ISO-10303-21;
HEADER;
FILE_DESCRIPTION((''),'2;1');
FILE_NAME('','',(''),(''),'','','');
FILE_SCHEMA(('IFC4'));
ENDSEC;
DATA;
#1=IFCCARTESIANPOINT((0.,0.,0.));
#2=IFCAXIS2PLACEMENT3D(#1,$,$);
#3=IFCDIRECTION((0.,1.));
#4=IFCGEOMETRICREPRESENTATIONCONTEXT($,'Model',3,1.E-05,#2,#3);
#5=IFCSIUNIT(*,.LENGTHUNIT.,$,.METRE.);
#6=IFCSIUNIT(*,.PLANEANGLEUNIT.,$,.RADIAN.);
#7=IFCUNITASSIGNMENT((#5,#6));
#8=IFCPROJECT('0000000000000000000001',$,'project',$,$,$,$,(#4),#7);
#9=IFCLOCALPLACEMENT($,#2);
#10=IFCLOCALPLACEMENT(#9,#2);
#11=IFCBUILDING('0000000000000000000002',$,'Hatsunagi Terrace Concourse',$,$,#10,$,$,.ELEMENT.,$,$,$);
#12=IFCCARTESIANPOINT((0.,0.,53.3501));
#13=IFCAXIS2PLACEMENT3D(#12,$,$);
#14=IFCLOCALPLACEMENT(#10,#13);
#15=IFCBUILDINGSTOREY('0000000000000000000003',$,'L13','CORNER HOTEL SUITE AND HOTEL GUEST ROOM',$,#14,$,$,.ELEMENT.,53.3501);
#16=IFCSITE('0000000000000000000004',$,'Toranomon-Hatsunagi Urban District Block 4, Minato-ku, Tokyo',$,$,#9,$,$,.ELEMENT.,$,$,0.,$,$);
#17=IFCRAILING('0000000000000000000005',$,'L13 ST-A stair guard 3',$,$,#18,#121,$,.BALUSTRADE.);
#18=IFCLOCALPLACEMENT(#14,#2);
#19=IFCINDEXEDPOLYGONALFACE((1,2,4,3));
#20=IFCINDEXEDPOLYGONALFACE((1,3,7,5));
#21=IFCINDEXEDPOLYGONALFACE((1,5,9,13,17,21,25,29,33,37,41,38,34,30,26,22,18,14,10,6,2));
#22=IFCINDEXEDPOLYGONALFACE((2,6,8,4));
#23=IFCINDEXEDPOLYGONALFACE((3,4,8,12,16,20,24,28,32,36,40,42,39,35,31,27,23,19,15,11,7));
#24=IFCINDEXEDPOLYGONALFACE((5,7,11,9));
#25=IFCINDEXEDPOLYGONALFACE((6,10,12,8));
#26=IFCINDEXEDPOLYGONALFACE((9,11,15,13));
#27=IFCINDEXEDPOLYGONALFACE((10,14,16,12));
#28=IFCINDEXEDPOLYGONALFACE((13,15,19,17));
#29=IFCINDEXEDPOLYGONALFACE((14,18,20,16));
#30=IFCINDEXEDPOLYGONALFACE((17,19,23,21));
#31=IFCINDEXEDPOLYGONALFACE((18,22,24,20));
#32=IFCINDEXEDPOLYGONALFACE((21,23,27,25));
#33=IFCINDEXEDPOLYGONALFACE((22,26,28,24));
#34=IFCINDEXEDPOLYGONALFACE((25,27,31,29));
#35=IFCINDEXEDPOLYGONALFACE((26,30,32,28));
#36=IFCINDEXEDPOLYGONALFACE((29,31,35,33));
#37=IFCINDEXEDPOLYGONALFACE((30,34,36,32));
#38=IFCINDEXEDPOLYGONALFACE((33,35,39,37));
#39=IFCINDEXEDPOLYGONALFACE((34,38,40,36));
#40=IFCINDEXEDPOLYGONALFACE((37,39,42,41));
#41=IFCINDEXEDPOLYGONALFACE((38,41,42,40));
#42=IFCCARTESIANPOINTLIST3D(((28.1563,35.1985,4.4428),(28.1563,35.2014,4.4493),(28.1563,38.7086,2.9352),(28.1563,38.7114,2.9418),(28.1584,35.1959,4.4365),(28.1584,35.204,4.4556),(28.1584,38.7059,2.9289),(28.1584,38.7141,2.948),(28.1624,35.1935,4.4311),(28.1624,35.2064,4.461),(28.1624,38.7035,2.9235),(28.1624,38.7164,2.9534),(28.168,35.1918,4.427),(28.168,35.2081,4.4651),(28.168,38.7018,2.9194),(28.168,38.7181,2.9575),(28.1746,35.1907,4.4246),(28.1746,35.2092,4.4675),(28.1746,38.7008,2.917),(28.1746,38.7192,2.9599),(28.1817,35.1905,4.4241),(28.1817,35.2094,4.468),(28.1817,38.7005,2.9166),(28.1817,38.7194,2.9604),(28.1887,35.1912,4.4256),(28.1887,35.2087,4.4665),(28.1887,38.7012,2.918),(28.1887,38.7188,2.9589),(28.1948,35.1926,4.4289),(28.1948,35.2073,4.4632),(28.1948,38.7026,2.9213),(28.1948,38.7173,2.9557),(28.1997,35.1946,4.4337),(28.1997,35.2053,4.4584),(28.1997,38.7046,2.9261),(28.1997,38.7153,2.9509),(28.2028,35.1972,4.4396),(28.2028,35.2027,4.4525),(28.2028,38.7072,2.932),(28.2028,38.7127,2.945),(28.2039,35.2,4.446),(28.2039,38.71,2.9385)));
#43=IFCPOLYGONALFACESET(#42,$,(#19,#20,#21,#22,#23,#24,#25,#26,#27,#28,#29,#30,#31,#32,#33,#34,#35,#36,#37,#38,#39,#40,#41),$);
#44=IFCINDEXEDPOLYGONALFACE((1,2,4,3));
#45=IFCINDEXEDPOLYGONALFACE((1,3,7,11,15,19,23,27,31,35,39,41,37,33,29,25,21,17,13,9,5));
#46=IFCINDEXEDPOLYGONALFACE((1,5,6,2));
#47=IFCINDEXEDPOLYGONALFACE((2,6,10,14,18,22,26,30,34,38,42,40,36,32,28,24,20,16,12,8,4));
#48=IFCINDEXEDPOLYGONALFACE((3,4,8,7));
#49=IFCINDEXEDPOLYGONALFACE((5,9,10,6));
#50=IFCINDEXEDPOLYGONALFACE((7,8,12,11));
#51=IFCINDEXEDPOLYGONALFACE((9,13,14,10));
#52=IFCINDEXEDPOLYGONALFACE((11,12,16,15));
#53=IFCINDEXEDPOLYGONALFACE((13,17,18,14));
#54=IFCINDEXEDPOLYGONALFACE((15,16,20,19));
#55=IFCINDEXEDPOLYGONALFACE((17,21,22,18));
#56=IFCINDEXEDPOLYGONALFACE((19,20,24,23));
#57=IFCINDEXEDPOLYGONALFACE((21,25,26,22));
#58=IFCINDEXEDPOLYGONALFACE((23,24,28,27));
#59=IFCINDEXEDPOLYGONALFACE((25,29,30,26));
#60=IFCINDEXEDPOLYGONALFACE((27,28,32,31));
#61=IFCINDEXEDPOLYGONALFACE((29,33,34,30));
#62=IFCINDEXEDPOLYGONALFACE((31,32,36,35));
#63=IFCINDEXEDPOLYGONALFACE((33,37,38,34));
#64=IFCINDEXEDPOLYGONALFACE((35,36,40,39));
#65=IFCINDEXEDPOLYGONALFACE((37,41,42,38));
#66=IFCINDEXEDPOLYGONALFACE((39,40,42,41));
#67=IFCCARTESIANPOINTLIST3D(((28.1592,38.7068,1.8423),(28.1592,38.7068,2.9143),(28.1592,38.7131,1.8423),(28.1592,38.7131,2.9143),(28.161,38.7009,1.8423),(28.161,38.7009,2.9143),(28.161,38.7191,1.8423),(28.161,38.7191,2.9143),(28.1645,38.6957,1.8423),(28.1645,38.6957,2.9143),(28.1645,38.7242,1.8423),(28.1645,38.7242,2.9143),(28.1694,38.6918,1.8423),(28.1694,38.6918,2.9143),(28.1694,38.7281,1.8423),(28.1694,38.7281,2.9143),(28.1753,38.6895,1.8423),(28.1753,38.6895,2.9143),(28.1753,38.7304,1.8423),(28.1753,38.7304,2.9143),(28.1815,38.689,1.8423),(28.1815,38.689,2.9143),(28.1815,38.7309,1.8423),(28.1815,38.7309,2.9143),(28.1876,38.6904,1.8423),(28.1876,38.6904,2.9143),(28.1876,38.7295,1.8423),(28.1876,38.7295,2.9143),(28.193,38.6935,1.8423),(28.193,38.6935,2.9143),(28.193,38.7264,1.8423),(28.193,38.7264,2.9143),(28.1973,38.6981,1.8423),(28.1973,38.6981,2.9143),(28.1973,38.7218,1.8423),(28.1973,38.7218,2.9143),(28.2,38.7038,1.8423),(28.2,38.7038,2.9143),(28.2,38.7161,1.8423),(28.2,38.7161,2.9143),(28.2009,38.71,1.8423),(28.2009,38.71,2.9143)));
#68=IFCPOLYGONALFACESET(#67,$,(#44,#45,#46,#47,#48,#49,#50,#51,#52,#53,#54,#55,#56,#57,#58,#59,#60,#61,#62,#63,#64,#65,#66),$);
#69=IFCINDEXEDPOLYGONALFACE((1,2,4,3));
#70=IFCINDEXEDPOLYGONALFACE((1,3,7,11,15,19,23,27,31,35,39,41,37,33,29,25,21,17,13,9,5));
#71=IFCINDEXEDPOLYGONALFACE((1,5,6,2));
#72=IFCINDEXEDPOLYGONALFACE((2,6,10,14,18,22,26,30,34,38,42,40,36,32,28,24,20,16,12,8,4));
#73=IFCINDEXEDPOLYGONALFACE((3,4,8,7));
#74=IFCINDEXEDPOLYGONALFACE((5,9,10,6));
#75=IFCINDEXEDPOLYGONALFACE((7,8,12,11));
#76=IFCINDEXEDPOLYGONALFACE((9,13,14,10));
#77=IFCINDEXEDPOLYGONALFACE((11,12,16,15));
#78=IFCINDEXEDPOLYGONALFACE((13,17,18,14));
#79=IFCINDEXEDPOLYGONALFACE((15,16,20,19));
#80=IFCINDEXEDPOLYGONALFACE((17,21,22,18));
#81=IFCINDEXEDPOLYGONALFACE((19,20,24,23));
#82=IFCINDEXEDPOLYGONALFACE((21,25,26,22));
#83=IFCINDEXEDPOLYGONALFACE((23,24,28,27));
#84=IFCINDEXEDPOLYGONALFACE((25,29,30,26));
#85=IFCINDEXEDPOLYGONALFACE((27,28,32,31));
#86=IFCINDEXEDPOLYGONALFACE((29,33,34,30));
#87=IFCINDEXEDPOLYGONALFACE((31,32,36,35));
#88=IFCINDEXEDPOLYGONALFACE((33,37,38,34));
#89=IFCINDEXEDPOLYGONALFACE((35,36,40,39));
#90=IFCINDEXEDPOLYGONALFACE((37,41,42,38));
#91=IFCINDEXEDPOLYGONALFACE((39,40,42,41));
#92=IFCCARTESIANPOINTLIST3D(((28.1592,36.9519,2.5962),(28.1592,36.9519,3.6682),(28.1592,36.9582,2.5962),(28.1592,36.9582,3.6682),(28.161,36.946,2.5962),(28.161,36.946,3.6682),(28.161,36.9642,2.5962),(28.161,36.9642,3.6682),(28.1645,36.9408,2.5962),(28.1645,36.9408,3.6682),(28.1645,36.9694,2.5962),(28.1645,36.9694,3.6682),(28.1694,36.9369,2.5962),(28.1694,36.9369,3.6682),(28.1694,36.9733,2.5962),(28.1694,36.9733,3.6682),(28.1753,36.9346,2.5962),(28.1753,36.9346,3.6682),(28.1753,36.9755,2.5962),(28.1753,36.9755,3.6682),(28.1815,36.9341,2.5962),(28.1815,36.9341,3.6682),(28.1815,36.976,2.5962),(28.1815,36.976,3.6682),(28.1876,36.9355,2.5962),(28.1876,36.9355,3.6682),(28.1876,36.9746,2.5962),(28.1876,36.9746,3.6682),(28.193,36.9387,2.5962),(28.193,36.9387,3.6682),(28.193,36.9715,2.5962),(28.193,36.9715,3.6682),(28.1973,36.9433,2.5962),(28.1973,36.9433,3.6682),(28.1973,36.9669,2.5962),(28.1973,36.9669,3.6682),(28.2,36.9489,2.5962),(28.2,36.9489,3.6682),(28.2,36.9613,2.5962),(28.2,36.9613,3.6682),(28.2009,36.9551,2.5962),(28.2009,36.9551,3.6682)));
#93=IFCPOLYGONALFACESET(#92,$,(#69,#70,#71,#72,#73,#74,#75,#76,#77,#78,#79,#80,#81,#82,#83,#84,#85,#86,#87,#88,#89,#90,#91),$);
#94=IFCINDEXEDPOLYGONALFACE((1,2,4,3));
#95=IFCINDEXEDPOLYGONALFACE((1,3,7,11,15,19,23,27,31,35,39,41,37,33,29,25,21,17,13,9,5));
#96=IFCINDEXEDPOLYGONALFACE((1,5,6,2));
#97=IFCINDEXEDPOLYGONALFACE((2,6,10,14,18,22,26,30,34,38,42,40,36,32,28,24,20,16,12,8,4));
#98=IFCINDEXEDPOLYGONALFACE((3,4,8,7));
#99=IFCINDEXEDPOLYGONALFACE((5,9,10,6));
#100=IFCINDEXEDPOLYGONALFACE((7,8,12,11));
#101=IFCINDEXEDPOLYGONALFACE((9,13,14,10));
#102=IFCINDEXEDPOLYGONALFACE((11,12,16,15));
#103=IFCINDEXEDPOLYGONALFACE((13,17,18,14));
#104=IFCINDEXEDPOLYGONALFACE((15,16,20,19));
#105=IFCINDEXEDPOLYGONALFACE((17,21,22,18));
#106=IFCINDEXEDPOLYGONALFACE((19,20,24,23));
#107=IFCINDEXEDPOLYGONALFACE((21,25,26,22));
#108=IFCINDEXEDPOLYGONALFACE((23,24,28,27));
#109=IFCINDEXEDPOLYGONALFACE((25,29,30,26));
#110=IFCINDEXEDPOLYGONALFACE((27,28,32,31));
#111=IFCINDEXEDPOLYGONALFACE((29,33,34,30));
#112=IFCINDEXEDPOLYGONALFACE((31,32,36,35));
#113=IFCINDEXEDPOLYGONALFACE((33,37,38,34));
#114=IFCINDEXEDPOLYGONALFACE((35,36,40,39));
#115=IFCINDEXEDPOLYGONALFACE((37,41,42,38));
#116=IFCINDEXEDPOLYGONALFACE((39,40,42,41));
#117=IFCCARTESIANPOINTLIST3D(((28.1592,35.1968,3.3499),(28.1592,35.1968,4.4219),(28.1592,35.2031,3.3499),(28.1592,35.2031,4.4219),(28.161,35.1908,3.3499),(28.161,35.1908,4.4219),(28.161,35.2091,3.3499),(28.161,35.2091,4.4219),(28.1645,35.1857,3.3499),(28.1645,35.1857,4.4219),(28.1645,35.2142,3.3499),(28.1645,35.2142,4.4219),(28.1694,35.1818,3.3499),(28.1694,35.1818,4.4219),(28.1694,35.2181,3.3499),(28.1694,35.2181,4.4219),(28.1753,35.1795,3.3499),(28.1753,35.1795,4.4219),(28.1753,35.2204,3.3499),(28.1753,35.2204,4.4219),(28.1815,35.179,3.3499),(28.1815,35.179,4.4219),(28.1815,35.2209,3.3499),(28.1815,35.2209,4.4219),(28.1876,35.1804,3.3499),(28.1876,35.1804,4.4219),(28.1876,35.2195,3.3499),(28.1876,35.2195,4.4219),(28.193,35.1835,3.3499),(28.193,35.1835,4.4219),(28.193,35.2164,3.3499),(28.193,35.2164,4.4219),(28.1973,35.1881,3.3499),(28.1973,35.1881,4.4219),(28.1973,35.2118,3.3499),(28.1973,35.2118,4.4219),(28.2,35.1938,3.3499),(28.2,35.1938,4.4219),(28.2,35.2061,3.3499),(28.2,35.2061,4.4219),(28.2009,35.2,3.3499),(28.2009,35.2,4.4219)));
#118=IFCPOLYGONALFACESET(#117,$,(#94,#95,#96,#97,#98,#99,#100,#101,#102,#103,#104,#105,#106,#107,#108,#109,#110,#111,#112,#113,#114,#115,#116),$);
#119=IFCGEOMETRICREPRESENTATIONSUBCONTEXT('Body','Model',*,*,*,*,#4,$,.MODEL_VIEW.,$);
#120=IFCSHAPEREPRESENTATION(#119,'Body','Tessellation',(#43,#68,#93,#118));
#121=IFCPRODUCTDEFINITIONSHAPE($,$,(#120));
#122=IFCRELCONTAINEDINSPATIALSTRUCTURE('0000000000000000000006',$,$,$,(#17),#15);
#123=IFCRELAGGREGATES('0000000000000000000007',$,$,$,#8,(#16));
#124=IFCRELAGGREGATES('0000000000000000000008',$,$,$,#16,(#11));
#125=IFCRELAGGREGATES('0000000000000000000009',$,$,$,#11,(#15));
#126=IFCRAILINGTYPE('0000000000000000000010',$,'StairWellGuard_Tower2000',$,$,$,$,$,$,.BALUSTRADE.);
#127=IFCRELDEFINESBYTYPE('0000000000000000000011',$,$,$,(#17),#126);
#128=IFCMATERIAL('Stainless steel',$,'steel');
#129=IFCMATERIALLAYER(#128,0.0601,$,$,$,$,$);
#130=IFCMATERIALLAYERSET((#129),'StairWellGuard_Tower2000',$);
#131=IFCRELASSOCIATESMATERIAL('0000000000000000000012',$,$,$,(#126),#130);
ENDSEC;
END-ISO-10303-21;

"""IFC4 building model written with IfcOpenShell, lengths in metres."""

from ifc_helpers import new_model, si_unit, direction, frame, origin, origin_2d, place, context, subcontext, project, spatial, circle, extrude, material, layer, layer_set, type_object, element, save


model = new_model("IFC4")

# Units and contexts
model_context = context("Model", 3, precision=1e-05, world=origin(), true_north=direction((0.0, 1.0)))
body_context = subcontext(model_context, "Body", "Model", "MODEL_VIEW")
ifc_project = project(units=[si_unit("LENGTHUNIT", "METRE"), si_unit("PLANEANGLEUNIT", "RADIAN")], contexts=[model_context])

# Site, building, storey
site_placement = place(None, origin())
site = spatial("IfcSite", under=ifc_project, at=site_placement, Name="Toranomon-Hatsunagi Urban District Block 4, Minato-ku, Tokyo", CompositionType="ELEMENT", RefElevation=0.0)
building_placement = place(site_placement, origin())
building = spatial("IfcBuilding", under=site, at=building_placement, Name="Hatsunagi Terrace Concourse", CompositionType="ELEMENT")
storey_placement = place(building_placement, frame((0.0, 0.0, 53.3501)))
storey = spatial("IfcBuildingStorey", under=building, at=storey_placement, Name="L13", Description="CORNER HOTEL SUITE AND HOTEL GUEST ROOM", CompositionType="ELEMENT", Elevation=53.3501)

# Railing
ifc_material_1 = material(Name="Stainless steel", Category="steel")
ifc_layer_1 = layer(ifc_material_1, 0.0601)
ifc_layer_set_1 = layer_set([ifc_layer_1], Name="StairWellGuard_Tower2000")
railing_type_1 = type_object("IfcRailingType", Name="StairWellGuard_Tower2000", PredefinedType="BALUSTRADE", material=ifc_layer_set_1)
railing_1_placement = place(storey_placement, frame((28.1799, 38.71, 1.8423)))
element("IfcRailing", 1, at=railing_1_placement, inside=storey, type_object=railing_type_1, Name="L13 ST-A stair guard 3", PredefinedType="BALUSTRADE", context=body_context, shape_type="SweptSolid", body=[
    extrude(circle(Radius=0.0239, at=origin_2d()), frame((0.0, 0.0, 1.0962), z_axis=(0.0, -0.918834, 0.394644), x_axis=(1.0, 0.0, 0.0)), (0.0, 0.0, 1.0), 3.8201),
    extrude(circle(Radius=0.021, at=origin_2d()), origin(), (0.0, 0.0, 1.0), 1.072),
    extrude(circle(Radius=0.021, at=origin_2d()), frame((0.0, -1.7549, 0.7539)), (0.0, 0.0, 1.0), 1.072),
    extrude(circle(Radius=0.021, at=origin_2d()), frame((0.0, -3.51, 1.5076)), (0.0, 0.0, 1.0), 1.072),
])

save(model, "model.ifc")
